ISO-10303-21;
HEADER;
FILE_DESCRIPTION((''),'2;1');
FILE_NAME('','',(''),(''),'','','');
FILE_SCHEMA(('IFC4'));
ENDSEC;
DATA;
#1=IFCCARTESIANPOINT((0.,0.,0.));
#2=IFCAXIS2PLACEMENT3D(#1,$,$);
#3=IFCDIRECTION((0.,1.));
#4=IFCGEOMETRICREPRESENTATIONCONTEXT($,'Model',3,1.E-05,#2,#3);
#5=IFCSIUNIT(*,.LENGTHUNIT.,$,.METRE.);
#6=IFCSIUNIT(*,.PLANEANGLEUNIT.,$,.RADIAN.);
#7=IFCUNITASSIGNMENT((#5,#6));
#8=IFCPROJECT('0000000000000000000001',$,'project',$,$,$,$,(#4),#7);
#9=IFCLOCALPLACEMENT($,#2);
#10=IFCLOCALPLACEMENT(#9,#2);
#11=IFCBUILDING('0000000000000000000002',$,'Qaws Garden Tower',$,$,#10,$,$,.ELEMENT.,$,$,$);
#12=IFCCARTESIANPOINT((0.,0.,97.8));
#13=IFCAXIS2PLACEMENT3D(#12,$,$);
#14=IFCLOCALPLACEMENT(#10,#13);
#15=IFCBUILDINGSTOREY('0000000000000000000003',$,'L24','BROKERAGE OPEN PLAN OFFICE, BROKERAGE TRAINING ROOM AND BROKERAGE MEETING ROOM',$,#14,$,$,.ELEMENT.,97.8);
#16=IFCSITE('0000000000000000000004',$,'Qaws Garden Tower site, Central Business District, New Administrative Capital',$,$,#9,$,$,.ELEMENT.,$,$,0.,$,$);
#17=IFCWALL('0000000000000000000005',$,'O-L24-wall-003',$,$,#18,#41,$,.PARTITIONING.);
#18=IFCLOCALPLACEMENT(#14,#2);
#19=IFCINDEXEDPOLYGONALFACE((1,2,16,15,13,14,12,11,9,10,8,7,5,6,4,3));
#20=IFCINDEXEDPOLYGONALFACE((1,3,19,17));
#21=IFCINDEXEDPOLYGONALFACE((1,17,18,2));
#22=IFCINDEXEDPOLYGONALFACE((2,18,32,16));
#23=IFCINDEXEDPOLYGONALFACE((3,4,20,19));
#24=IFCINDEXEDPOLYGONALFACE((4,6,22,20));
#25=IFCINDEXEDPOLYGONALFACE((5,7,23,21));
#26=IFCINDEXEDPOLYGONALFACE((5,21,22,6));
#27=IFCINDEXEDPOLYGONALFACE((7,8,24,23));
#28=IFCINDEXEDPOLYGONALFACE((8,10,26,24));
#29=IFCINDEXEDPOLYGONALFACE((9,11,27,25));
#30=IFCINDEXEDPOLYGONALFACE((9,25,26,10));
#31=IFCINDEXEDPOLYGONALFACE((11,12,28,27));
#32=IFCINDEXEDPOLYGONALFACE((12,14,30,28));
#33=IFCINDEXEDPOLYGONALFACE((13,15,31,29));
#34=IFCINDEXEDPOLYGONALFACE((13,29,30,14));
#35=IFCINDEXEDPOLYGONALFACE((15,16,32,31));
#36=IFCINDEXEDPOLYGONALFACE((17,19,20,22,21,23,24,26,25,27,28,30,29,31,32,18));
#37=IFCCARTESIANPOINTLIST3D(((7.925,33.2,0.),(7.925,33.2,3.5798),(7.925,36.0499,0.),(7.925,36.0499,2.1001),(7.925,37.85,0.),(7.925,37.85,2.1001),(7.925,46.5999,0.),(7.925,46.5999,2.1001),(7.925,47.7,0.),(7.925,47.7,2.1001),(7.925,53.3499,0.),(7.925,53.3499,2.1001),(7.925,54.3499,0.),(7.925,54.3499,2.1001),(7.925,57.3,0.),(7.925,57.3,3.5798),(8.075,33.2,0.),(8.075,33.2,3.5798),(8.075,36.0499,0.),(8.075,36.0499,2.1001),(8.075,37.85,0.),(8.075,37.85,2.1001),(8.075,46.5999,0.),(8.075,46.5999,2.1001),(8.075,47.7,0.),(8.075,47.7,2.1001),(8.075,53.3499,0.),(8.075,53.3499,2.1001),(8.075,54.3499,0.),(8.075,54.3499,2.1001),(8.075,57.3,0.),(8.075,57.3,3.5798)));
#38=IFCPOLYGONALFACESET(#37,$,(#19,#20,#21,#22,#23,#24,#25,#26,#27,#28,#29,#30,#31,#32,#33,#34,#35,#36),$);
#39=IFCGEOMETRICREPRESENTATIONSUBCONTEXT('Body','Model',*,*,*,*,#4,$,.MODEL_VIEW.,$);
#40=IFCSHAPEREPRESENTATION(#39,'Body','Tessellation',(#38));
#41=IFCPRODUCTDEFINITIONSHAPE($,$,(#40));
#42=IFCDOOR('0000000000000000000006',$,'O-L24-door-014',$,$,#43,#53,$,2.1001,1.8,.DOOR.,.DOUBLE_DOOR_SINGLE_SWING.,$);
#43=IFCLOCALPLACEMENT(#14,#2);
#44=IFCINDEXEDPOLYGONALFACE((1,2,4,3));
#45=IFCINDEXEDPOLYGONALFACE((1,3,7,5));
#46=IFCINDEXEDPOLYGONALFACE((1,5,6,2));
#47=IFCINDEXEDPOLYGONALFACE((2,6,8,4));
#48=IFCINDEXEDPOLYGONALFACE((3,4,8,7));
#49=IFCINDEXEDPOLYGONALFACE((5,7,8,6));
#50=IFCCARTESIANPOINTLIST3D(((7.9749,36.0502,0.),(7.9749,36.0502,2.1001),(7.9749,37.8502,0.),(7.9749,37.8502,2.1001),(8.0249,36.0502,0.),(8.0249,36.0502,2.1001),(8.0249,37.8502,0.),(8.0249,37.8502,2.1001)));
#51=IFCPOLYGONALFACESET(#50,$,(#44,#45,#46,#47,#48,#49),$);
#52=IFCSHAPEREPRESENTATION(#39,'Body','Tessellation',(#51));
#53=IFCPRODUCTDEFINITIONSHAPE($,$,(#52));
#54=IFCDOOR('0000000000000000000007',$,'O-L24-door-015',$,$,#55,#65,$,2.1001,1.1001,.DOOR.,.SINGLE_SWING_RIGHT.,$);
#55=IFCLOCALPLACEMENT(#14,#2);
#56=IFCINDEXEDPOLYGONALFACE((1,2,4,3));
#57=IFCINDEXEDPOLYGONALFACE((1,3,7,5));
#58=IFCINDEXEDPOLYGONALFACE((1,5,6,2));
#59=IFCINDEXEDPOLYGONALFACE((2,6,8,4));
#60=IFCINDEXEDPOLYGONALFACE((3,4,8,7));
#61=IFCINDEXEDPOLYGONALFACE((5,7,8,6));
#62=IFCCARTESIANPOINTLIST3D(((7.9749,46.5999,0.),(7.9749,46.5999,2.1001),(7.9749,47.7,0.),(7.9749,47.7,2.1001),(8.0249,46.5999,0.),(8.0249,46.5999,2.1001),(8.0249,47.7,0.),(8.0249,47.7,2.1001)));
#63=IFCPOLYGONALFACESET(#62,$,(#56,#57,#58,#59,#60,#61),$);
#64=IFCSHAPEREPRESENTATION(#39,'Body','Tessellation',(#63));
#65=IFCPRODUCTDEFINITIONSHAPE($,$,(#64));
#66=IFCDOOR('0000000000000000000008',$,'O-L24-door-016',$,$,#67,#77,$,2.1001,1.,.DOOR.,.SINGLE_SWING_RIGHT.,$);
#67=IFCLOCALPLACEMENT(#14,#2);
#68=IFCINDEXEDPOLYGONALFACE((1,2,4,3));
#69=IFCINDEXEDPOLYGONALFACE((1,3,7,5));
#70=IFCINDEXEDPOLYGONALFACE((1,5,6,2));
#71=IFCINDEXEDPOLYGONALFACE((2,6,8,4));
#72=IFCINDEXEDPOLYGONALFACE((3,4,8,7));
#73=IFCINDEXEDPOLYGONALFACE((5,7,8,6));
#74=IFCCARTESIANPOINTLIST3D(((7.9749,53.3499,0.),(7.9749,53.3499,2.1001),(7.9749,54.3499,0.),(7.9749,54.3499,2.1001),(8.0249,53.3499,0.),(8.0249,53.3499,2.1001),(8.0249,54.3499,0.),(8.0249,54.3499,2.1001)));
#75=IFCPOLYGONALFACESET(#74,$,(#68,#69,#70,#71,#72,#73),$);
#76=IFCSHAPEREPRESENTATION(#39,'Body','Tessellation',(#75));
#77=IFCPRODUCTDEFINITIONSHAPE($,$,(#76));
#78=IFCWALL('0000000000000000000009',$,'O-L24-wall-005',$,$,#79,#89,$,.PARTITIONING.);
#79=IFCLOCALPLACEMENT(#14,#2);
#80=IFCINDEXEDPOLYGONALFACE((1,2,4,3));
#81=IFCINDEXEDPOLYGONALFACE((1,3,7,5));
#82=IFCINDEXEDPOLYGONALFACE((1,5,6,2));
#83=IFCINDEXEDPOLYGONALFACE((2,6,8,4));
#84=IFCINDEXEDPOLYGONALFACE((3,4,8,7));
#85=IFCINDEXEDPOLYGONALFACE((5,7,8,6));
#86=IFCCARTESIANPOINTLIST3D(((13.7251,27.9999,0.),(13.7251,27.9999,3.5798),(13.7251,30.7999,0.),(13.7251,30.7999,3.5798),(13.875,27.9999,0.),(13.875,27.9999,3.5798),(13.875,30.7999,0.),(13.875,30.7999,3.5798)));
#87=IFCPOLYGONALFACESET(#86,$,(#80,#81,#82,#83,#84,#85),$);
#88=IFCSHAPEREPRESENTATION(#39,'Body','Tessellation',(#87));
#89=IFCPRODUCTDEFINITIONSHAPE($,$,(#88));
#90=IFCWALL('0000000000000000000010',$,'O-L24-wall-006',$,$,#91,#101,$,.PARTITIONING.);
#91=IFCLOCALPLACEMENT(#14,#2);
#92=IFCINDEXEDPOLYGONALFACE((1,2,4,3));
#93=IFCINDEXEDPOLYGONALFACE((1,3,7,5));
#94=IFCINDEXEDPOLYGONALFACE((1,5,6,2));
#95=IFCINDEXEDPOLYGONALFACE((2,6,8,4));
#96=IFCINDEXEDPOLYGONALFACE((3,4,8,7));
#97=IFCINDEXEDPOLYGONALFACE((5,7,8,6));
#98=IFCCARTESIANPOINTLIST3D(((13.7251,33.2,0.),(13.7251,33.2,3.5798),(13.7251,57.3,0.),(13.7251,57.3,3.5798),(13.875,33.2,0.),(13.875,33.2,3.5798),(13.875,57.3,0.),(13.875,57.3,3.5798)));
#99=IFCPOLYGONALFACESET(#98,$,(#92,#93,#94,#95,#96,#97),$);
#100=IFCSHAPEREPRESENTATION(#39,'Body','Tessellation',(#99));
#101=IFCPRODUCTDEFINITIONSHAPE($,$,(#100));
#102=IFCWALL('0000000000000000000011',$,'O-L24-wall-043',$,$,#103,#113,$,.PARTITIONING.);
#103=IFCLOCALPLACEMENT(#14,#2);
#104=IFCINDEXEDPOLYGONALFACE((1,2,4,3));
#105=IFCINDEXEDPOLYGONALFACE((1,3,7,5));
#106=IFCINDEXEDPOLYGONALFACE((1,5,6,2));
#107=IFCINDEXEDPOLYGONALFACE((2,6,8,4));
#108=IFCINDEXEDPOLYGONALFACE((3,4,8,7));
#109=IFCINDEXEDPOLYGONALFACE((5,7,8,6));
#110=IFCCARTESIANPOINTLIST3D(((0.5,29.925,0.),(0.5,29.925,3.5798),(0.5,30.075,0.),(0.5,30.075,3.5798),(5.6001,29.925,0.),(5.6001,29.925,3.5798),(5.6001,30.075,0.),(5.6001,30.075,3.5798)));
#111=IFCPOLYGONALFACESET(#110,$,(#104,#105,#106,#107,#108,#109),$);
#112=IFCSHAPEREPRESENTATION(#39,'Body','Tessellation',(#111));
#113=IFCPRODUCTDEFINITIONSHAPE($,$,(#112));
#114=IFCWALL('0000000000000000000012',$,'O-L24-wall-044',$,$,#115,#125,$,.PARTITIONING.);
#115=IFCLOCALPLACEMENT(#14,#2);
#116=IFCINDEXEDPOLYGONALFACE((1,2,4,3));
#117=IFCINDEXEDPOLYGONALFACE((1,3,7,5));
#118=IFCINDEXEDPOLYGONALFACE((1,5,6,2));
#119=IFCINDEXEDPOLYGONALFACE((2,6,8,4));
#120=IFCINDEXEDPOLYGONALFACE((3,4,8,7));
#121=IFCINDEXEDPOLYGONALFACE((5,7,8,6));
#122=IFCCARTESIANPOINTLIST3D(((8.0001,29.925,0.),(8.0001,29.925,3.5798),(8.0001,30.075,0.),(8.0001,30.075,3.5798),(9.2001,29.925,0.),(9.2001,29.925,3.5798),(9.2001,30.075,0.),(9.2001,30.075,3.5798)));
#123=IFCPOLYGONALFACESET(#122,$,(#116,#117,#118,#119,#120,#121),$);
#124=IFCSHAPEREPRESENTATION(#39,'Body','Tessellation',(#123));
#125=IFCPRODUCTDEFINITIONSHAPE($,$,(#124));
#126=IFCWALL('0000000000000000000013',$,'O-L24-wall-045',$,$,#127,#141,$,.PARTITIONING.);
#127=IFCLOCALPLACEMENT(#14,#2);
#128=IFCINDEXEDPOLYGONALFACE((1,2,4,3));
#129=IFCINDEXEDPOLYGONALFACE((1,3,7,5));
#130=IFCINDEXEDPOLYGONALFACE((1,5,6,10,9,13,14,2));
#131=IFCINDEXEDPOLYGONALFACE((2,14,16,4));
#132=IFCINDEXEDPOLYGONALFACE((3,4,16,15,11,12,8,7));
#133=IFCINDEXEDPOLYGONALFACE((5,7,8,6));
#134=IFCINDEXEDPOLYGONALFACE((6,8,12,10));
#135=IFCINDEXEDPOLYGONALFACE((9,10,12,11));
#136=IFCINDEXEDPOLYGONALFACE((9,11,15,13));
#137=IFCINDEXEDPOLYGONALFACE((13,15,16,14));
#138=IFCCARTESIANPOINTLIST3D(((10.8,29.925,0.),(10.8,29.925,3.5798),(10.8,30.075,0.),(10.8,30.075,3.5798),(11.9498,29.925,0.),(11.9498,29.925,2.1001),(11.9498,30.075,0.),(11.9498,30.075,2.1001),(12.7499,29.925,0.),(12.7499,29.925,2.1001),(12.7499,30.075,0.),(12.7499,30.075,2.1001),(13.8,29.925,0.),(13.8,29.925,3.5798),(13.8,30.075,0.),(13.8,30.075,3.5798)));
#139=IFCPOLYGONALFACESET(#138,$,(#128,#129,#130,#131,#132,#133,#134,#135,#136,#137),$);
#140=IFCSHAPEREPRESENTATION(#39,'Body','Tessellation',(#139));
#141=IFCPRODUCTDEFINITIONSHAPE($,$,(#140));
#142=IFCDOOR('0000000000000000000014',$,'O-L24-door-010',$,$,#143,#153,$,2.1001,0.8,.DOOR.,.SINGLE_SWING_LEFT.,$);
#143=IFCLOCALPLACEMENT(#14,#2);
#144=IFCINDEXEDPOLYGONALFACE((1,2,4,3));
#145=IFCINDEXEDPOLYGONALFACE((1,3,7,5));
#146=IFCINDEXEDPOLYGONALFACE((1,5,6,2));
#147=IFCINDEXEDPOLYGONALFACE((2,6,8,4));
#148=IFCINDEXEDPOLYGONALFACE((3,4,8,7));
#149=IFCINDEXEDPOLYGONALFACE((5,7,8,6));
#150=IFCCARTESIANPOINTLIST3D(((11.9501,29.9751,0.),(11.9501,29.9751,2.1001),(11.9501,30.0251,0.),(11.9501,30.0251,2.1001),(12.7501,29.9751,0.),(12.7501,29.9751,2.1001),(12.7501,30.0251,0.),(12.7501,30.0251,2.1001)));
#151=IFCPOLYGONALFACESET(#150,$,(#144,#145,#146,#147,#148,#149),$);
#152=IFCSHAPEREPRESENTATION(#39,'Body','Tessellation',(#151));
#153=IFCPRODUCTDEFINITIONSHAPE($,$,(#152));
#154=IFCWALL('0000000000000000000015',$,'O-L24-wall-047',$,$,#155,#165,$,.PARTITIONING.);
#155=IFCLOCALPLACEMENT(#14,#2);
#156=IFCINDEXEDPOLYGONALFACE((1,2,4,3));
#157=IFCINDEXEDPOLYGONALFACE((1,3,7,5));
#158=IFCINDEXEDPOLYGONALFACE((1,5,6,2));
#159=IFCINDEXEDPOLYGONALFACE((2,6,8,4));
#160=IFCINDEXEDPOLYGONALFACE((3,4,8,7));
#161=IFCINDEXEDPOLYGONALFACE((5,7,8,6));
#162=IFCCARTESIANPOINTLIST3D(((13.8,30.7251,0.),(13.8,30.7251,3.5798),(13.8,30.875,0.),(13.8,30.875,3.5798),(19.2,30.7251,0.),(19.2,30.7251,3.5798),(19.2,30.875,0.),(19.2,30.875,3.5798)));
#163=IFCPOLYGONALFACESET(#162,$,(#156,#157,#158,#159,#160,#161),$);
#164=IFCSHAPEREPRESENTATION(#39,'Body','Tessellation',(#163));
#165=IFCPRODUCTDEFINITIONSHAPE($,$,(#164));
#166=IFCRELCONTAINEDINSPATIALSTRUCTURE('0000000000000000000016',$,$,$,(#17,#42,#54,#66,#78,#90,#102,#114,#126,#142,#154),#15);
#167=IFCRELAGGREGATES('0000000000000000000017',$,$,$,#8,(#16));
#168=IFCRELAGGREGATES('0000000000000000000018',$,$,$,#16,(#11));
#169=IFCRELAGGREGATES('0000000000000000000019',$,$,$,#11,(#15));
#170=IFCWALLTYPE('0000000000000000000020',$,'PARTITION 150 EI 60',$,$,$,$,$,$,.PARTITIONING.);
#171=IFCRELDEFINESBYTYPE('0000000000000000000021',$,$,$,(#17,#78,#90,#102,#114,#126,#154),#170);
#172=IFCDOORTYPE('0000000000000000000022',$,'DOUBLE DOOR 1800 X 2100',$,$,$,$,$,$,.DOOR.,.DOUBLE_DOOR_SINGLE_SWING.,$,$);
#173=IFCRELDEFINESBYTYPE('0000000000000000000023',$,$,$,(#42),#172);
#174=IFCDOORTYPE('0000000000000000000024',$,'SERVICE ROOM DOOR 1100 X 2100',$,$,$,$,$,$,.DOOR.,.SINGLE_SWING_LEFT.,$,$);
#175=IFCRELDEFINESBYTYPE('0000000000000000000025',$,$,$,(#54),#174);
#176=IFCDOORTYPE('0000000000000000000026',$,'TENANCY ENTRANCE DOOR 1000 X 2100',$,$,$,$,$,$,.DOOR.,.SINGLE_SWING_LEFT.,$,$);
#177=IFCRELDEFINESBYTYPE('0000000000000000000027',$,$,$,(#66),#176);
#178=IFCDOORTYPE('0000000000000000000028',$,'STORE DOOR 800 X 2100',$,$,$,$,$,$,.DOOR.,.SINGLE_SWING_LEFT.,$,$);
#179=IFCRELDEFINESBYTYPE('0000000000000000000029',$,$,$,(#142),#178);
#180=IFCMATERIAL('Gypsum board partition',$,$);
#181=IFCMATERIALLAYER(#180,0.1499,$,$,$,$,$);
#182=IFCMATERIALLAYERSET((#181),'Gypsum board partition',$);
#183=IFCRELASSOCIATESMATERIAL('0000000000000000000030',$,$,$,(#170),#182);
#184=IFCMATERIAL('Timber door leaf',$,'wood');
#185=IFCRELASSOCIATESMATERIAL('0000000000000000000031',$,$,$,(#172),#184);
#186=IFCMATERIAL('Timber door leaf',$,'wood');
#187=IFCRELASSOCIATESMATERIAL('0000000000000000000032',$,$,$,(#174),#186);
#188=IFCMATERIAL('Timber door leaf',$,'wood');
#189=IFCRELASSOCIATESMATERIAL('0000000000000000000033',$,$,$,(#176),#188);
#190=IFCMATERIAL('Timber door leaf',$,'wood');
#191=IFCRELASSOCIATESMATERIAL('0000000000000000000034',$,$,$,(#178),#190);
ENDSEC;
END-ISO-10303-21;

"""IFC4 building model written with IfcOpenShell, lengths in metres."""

from ifc_helpers import new_model, si_unit, direction, frame, frame_2d, origin, place, context, subcontext, project, spatial, rectangle, extrude, material, layer, layer_set, type_object, element, fill, save


model = new_model("IFC4")

# Units and contexts
model_context = context("Model", 3, precision=1e-05, world=origin(), true_north=direction((0.0, 1.0)))
body_context = subcontext(model_context, "Body", "Model", "MODEL_VIEW")
ifc_project = project(units=[si_unit("LENGTHUNIT", "METRE"), si_unit("PLANEANGLEUNIT", "RADIAN")], contexts=[model_context])

# Site, building, storey
site_placement = place(None, origin())
site = spatial("IfcSite", under=ifc_project, at=site_placement, Name="Qaws Garden Tower site, Central Business District, New Administrative Capital", CompositionType="ELEMENT", RefElevation=0.0)
building_placement = place(site_placement, origin())
building = spatial("IfcBuilding", under=site, at=building_placement, Name="Qaws Garden Tower", CompositionType="ELEMENT")
storey_placement = place(building_placement, frame((0.0, 0.0, 97.8)))
storey = spatial("IfcBuildingStorey", under=building, at=storey_placement, Name="L24", Description="BROKERAGE OPEN PLAN OFFICE, BROKERAGE TRAINING ROOM AND BROKERAGE MEETING ROOM", CompositionType="ELEMENT", Elevation=97.8)

# Wall, openings, doors
ifc_material_1 = material(Name="Gypsum board partition")
ifc_layer_1 = layer(ifc_material_1, 0.1499)
ifc_layer_set_1 = layer_set([ifc_layer_1], Name="Gypsum board partition")
wall_type_1 = type_object("IfcWallType", Name="PARTITION 150 EI 60", PredefinedType="PARTITIONING", material=ifc_layer_set_1)
wall_1_placement = place(storey_placement, frame((8.0, 33.2, 0.0), z_axis=(0.0, 0.0, 1.0), x_axis=(0.0, 1.0, 0.0)))
wall_1 = element("IfcWall", 1, at=wall_1_placement, inside=storey, type_object=wall_type_1, Name="O-L24-wall-003", PredefinedType="PARTITIONING", context=body_context, shape_type="SweptSolid", body=[
    extrude(rectangle(XDim=24.1001, YDim=0.1499, at=frame_2d((12.05, 0.0))), origin(), (0.0, 0.0, 1.0), 3.5798),
])
opening_1_placement = place(wall_1_placement, frame((2.8501, 0.0, 0.0)))
opening_1 = element("IfcOpeningElement", 2, at=opening_1_placement, cuts=wall_1, PredefinedType="OPENING", context=body_context, shape_type="SweptSolid", body=[
    extrude(rectangle(XDim=1.8, YDim=2.1001, at=frame_2d((0.8999, 1.05))), frame((0.0, 0.085, 0.0), z_axis=(0.0, -1.0, 0.0), x_axis=(1.0, 0.0, 0.0)), (0.0, 0.0, 1.0), 0.1699),
])
opening_2_placement = place(wall_1_placement, frame((13.3999, 0.0, 0.0)))
opening_2 = element("IfcOpeningElement", 3, at=opening_2_placement, cuts=wall_1, PredefinedType="OPENING", context=body_context, shape_type="SweptSolid", body=[
    extrude(rectangle(XDim=1.1001, YDim=2.1001, at=frame_2d((0.55, 1.05))), frame((0.0, 0.085, 0.0), z_axis=(0.0, -1.0, 0.0), x_axis=(1.0, 0.0, 0.0)), (0.0, 0.0, 1.0), 0.1699),
])
opening_3_placement = place(wall_1_placement, frame((20.1499, 0.0, 0.0)))
opening_3 = element("IfcOpeningElement", 4, at=opening_3_placement, cuts=wall_1, PredefinedType="OPENING", context=body_context, shape_type="SweptSolid", body=[
    extrude(rectangle(XDim=1.0, YDim=2.1001, at=frame_2d((0.5, 1.05))), frame((0.0, 0.085, 0.0), z_axis=(0.0, -1.0, 0.0), x_axis=(1.0, 0.0, 0.0)), (0.0, 0.0, 1.0), 0.1699),
])
ifc_material_2 = material(Name="Timber door leaf", Category="wood")
door_type_1 = type_object("IfcDoorType", Name="DOUBLE DOOR 1800 X 2100", OperationType="DOUBLE_DOOR_SINGLE_SWING", PredefinedType="DOOR", material=ifc_material_2)
door_1_placement = place(opening_1_placement, frame((1.8, 0.0, 0.0), z_axis=(0.0, 0.0, 1.0), x_axis=(-1.0, 0.0, 0.0)))
door_1 = element("IfcDoor", 5, at=door_1_placement, inside=storey, type_object=door_type_1, Name="O-L24-door-014", OperationType="DOUBLE_DOOR_SINGLE_SWING", OverallHeight=2.1001, OverallWidth=1.8, PredefinedType="DOOR", context=body_context, shape_type="SweptSolid", body=[
    extrude(rectangle(XDim=1.8, YDim=2.1001, at=frame_2d((0.8999, 1.05))), frame((0.0, 0.0249, 0.0), z_axis=(0.0, -1.0, 0.0), x_axis=(1.0, 0.0, 0.0)), (0.0, 0.0, 1.0), 0.05),
])
fill(opening_1, door_1)
ifc_material_3 = material(Name="Timber door leaf", Category="wood")
door_type_2 = type_object("IfcDoorType", Name="SERVICE ROOM DOOR 1100 X 2100", OperationType="SINGLE_SWING_LEFT", PredefinedType="DOOR", material=ifc_material_3)
door_2_placement = place(opening_2_placement, frame((1.1001, 0.0, 0.0), z_axis=(0.0, 0.0, 1.0), x_axis=(-1.0, 0.0, 0.0)))
door_2 = element("IfcDoor", 6, at=door_2_placement, inside=storey, type_object=door_type_2, Name="O-L24-door-015", OperationType="SINGLE_SWING_RIGHT", OverallHeight=2.1001, OverallWidth=1.1001, PredefinedType="DOOR", context=body_context, shape_type="SweptSolid", body=[
    extrude(rectangle(XDim=1.1001, YDim=2.1001, at=frame_2d((0.55, 1.05))), frame((0.0, 0.0249, 0.0), z_axis=(0.0, -1.0, 0.0), x_axis=(1.0, 0.0, 0.0)), (0.0, 0.0, 1.0), 0.05),
])
fill(opening_2, door_2)
ifc_material_4 = material(Name="Timber door leaf", Category="wood")
door_type_3 = type_object("IfcDoorType", Name="TENANCY ENTRANCE DOOR 1000 X 2100", OperationType="SINGLE_SWING_LEFT", PredefinedType="DOOR", material=ifc_material_4)
door_3_placement = place(opening_3_placement, frame((1.0, 0.0, 0.0), z_axis=(0.0, 0.0, 1.0), x_axis=(-1.0, 0.0, 0.0)))
door_3 = element("IfcDoor", 7, at=door_3_placement, inside=storey, type_object=door_type_3, Name="O-L24-door-016", OperationType="SINGLE_SWING_RIGHT", OverallHeight=2.1001, OverallWidth=1.0, PredefinedType="DOOR", context=body_context, shape_type="SweptSolid", body=[
    extrude(rectangle(XDim=1.0, YDim=2.1001, at=frame_2d((0.5, 1.05))), frame((0.0, 0.0249, 0.0), z_axis=(0.0, -1.0, 0.0), x_axis=(1.0, 0.0, 0.0)), (0.0, 0.0, 1.0), 0.05),
])
fill(opening_3, door_3)

# Walls
wall_2_placement = place(storey_placement, frame((13.8, 28.0, 0.0), z_axis=(0.0, 0.0, 1.0), x_axis=(0.0, 1.0, 0.0)))
element("IfcWall", 8, at=wall_2_placement, inside=storey, type_object=wall_type_1, Name="O-L24-wall-005", PredefinedType="PARTITIONING", context=body_context, shape_type="SweptSolid", body=[
    extrude(rectangle(XDim=2.8, YDim=0.1499, at=frame_2d((1.3999, 0.0))), origin(), (0.0, 0.0, 1.0), 3.5798),
])
wall_3_placement = place(storey_placement, frame((13.8, 33.2, 0.0), z_axis=(0.0, 0.0, 1.0), x_axis=(0.0, 1.0, 0.0)))
element("IfcWall", 9, at=wall_3_placement, inside=storey, type_object=wall_type_1, Name="O-L24-wall-006", PredefinedType="PARTITIONING", context=body_context, shape_type="SweptSolid", body=[
    extrude(rectangle(XDim=24.1001, YDim=0.1499, at=frame_2d((12.05, 0.0))), origin(), (0.0, 0.0, 1.0), 3.5798),
])
wall_4_placement = place(storey_placement, frame((0.5, 30.0, 0.0), z_axis=(0.0, 0.0, 1.0), x_axis=(1.0, 0.0, 0.0)))
element("IfcWall", 10, at=wall_4_placement, inside=storey, type_object=wall_type_1, Name="O-L24-wall-043", PredefinedType="PARTITIONING", context=body_context, shape_type="SweptSolid", body=[
    extrude(rectangle(XDim=5.1001, YDim=0.1499, at=frame_2d((2.55, 0.0))), origin(), (0.0, 0.0, 1.0), 3.5798),
])
wall_5_placement = place(storey_placement, frame((8.0, 30.0, 0.0), z_axis=(0.0, 0.0, 1.0), x_axis=(1.0, 0.0, 0.0)))
element("IfcWall", 11, at=wall_5_placement, inside=storey, type_object=wall_type_1, Name="O-L24-wall-044", PredefinedType="PARTITIONING", context=body_context, shape_type="SweptSolid", body=[
    extrude(rectangle(XDim=1.2, YDim=0.1499, at=frame_2d((0.6001, 0.0))), origin(), (0.0, 0.0, 1.0), 3.5798),
])

# Wall, opening, door
wall_6_placement = place(storey_placement, frame((10.8, 30.0, 0.0), z_axis=(0.0, 0.0, 1.0), x_axis=(1.0, 0.0, 0.0)))
wall_6 = element("IfcWall", 12, at=wall_6_placement, inside=storey, type_object=wall_type_1, Name="O-L24-wall-045", PredefinedType="PARTITIONING", context=body_context, shape_type="SweptSolid", body=[
    extrude(rectangle(XDim=3.0, YDim=0.1499, at=frame_2d((1.5, 0.0))), origin(), (0.0, 0.0, 1.0), 3.5798),
])
opening_4_placement = place(wall_6_placement, frame((1.1499, 0.0, 0.0)))
opening_4 = element("IfcOpeningElement", 13, at=opening_4_placement, cuts=wall_6, PredefinedType="OPENING", context=body_context, shape_type="SweptSolid", body=[
    extrude(rectangle(XDim=0.8, YDim=2.1001, at=frame_2d((0.3999, 1.05))), frame((0.0, 0.085, 0.0), z_axis=(0.0, -1.0, 0.0), x_axis=(1.0, 0.0, 0.0)), (0.0, 0.0, 1.0), 0.1699),
])
ifc_material_5 = material(Name="Timber door leaf", Category="wood")
door_type_4 = type_object("IfcDoorType", Name="STORE DOOR 800 X 2100", OperationType="SINGLE_SWING_LEFT", PredefinedType="DOOR", material=ifc_material_5)
door_4_placement = place(opening_4_placement, frame((0.8, 0.0, 0.0), z_axis=(0.0, 0.0, 1.0), x_axis=(-1.0, 0.0, 0.0)))
door_4 = element("IfcDoor", 14, at=door_4_placement, inside=storey, type_object=door_type_4, Name="O-L24-door-010", OperationType="SINGLE_SWING_LEFT", OverallHeight=2.1001, OverallWidth=0.8, PredefinedType="DOOR", context=body_context, shape_type="SweptSolid", body=[
    extrude(rectangle(XDim=0.8, YDim=2.1001, at=frame_2d((0.3999, 1.05))), frame((0.0, 0.0249, 0.0), z_axis=(0.0, -1.0, 0.0), x_axis=(1.0, 0.0, 0.0)), (0.0, 0.0, 1.0), 0.05),
])
fill(opening_4, door_4)

# Wall
wall_7_placement = place(storey_placement, frame((13.8, 30.8, 0.0), z_axis=(0.0, 0.0, 1.0), x_axis=(1.0, 0.0, 0.0)))
element("IfcWall", 15, at=wall_7_placement, inside=storey, type_object=wall_type_1, Name="O-L24-wall-047", PredefinedType="PARTITIONING", context=body_context, shape_type="SweptSolid", body=[
    extrude(rectangle(XDim=5.3999, YDim=0.1499, at=frame_2d((2.7, 0.0))), origin(), (0.0, 0.0, 1.0), 3.5798),
])

save(model, "model.ifc")
